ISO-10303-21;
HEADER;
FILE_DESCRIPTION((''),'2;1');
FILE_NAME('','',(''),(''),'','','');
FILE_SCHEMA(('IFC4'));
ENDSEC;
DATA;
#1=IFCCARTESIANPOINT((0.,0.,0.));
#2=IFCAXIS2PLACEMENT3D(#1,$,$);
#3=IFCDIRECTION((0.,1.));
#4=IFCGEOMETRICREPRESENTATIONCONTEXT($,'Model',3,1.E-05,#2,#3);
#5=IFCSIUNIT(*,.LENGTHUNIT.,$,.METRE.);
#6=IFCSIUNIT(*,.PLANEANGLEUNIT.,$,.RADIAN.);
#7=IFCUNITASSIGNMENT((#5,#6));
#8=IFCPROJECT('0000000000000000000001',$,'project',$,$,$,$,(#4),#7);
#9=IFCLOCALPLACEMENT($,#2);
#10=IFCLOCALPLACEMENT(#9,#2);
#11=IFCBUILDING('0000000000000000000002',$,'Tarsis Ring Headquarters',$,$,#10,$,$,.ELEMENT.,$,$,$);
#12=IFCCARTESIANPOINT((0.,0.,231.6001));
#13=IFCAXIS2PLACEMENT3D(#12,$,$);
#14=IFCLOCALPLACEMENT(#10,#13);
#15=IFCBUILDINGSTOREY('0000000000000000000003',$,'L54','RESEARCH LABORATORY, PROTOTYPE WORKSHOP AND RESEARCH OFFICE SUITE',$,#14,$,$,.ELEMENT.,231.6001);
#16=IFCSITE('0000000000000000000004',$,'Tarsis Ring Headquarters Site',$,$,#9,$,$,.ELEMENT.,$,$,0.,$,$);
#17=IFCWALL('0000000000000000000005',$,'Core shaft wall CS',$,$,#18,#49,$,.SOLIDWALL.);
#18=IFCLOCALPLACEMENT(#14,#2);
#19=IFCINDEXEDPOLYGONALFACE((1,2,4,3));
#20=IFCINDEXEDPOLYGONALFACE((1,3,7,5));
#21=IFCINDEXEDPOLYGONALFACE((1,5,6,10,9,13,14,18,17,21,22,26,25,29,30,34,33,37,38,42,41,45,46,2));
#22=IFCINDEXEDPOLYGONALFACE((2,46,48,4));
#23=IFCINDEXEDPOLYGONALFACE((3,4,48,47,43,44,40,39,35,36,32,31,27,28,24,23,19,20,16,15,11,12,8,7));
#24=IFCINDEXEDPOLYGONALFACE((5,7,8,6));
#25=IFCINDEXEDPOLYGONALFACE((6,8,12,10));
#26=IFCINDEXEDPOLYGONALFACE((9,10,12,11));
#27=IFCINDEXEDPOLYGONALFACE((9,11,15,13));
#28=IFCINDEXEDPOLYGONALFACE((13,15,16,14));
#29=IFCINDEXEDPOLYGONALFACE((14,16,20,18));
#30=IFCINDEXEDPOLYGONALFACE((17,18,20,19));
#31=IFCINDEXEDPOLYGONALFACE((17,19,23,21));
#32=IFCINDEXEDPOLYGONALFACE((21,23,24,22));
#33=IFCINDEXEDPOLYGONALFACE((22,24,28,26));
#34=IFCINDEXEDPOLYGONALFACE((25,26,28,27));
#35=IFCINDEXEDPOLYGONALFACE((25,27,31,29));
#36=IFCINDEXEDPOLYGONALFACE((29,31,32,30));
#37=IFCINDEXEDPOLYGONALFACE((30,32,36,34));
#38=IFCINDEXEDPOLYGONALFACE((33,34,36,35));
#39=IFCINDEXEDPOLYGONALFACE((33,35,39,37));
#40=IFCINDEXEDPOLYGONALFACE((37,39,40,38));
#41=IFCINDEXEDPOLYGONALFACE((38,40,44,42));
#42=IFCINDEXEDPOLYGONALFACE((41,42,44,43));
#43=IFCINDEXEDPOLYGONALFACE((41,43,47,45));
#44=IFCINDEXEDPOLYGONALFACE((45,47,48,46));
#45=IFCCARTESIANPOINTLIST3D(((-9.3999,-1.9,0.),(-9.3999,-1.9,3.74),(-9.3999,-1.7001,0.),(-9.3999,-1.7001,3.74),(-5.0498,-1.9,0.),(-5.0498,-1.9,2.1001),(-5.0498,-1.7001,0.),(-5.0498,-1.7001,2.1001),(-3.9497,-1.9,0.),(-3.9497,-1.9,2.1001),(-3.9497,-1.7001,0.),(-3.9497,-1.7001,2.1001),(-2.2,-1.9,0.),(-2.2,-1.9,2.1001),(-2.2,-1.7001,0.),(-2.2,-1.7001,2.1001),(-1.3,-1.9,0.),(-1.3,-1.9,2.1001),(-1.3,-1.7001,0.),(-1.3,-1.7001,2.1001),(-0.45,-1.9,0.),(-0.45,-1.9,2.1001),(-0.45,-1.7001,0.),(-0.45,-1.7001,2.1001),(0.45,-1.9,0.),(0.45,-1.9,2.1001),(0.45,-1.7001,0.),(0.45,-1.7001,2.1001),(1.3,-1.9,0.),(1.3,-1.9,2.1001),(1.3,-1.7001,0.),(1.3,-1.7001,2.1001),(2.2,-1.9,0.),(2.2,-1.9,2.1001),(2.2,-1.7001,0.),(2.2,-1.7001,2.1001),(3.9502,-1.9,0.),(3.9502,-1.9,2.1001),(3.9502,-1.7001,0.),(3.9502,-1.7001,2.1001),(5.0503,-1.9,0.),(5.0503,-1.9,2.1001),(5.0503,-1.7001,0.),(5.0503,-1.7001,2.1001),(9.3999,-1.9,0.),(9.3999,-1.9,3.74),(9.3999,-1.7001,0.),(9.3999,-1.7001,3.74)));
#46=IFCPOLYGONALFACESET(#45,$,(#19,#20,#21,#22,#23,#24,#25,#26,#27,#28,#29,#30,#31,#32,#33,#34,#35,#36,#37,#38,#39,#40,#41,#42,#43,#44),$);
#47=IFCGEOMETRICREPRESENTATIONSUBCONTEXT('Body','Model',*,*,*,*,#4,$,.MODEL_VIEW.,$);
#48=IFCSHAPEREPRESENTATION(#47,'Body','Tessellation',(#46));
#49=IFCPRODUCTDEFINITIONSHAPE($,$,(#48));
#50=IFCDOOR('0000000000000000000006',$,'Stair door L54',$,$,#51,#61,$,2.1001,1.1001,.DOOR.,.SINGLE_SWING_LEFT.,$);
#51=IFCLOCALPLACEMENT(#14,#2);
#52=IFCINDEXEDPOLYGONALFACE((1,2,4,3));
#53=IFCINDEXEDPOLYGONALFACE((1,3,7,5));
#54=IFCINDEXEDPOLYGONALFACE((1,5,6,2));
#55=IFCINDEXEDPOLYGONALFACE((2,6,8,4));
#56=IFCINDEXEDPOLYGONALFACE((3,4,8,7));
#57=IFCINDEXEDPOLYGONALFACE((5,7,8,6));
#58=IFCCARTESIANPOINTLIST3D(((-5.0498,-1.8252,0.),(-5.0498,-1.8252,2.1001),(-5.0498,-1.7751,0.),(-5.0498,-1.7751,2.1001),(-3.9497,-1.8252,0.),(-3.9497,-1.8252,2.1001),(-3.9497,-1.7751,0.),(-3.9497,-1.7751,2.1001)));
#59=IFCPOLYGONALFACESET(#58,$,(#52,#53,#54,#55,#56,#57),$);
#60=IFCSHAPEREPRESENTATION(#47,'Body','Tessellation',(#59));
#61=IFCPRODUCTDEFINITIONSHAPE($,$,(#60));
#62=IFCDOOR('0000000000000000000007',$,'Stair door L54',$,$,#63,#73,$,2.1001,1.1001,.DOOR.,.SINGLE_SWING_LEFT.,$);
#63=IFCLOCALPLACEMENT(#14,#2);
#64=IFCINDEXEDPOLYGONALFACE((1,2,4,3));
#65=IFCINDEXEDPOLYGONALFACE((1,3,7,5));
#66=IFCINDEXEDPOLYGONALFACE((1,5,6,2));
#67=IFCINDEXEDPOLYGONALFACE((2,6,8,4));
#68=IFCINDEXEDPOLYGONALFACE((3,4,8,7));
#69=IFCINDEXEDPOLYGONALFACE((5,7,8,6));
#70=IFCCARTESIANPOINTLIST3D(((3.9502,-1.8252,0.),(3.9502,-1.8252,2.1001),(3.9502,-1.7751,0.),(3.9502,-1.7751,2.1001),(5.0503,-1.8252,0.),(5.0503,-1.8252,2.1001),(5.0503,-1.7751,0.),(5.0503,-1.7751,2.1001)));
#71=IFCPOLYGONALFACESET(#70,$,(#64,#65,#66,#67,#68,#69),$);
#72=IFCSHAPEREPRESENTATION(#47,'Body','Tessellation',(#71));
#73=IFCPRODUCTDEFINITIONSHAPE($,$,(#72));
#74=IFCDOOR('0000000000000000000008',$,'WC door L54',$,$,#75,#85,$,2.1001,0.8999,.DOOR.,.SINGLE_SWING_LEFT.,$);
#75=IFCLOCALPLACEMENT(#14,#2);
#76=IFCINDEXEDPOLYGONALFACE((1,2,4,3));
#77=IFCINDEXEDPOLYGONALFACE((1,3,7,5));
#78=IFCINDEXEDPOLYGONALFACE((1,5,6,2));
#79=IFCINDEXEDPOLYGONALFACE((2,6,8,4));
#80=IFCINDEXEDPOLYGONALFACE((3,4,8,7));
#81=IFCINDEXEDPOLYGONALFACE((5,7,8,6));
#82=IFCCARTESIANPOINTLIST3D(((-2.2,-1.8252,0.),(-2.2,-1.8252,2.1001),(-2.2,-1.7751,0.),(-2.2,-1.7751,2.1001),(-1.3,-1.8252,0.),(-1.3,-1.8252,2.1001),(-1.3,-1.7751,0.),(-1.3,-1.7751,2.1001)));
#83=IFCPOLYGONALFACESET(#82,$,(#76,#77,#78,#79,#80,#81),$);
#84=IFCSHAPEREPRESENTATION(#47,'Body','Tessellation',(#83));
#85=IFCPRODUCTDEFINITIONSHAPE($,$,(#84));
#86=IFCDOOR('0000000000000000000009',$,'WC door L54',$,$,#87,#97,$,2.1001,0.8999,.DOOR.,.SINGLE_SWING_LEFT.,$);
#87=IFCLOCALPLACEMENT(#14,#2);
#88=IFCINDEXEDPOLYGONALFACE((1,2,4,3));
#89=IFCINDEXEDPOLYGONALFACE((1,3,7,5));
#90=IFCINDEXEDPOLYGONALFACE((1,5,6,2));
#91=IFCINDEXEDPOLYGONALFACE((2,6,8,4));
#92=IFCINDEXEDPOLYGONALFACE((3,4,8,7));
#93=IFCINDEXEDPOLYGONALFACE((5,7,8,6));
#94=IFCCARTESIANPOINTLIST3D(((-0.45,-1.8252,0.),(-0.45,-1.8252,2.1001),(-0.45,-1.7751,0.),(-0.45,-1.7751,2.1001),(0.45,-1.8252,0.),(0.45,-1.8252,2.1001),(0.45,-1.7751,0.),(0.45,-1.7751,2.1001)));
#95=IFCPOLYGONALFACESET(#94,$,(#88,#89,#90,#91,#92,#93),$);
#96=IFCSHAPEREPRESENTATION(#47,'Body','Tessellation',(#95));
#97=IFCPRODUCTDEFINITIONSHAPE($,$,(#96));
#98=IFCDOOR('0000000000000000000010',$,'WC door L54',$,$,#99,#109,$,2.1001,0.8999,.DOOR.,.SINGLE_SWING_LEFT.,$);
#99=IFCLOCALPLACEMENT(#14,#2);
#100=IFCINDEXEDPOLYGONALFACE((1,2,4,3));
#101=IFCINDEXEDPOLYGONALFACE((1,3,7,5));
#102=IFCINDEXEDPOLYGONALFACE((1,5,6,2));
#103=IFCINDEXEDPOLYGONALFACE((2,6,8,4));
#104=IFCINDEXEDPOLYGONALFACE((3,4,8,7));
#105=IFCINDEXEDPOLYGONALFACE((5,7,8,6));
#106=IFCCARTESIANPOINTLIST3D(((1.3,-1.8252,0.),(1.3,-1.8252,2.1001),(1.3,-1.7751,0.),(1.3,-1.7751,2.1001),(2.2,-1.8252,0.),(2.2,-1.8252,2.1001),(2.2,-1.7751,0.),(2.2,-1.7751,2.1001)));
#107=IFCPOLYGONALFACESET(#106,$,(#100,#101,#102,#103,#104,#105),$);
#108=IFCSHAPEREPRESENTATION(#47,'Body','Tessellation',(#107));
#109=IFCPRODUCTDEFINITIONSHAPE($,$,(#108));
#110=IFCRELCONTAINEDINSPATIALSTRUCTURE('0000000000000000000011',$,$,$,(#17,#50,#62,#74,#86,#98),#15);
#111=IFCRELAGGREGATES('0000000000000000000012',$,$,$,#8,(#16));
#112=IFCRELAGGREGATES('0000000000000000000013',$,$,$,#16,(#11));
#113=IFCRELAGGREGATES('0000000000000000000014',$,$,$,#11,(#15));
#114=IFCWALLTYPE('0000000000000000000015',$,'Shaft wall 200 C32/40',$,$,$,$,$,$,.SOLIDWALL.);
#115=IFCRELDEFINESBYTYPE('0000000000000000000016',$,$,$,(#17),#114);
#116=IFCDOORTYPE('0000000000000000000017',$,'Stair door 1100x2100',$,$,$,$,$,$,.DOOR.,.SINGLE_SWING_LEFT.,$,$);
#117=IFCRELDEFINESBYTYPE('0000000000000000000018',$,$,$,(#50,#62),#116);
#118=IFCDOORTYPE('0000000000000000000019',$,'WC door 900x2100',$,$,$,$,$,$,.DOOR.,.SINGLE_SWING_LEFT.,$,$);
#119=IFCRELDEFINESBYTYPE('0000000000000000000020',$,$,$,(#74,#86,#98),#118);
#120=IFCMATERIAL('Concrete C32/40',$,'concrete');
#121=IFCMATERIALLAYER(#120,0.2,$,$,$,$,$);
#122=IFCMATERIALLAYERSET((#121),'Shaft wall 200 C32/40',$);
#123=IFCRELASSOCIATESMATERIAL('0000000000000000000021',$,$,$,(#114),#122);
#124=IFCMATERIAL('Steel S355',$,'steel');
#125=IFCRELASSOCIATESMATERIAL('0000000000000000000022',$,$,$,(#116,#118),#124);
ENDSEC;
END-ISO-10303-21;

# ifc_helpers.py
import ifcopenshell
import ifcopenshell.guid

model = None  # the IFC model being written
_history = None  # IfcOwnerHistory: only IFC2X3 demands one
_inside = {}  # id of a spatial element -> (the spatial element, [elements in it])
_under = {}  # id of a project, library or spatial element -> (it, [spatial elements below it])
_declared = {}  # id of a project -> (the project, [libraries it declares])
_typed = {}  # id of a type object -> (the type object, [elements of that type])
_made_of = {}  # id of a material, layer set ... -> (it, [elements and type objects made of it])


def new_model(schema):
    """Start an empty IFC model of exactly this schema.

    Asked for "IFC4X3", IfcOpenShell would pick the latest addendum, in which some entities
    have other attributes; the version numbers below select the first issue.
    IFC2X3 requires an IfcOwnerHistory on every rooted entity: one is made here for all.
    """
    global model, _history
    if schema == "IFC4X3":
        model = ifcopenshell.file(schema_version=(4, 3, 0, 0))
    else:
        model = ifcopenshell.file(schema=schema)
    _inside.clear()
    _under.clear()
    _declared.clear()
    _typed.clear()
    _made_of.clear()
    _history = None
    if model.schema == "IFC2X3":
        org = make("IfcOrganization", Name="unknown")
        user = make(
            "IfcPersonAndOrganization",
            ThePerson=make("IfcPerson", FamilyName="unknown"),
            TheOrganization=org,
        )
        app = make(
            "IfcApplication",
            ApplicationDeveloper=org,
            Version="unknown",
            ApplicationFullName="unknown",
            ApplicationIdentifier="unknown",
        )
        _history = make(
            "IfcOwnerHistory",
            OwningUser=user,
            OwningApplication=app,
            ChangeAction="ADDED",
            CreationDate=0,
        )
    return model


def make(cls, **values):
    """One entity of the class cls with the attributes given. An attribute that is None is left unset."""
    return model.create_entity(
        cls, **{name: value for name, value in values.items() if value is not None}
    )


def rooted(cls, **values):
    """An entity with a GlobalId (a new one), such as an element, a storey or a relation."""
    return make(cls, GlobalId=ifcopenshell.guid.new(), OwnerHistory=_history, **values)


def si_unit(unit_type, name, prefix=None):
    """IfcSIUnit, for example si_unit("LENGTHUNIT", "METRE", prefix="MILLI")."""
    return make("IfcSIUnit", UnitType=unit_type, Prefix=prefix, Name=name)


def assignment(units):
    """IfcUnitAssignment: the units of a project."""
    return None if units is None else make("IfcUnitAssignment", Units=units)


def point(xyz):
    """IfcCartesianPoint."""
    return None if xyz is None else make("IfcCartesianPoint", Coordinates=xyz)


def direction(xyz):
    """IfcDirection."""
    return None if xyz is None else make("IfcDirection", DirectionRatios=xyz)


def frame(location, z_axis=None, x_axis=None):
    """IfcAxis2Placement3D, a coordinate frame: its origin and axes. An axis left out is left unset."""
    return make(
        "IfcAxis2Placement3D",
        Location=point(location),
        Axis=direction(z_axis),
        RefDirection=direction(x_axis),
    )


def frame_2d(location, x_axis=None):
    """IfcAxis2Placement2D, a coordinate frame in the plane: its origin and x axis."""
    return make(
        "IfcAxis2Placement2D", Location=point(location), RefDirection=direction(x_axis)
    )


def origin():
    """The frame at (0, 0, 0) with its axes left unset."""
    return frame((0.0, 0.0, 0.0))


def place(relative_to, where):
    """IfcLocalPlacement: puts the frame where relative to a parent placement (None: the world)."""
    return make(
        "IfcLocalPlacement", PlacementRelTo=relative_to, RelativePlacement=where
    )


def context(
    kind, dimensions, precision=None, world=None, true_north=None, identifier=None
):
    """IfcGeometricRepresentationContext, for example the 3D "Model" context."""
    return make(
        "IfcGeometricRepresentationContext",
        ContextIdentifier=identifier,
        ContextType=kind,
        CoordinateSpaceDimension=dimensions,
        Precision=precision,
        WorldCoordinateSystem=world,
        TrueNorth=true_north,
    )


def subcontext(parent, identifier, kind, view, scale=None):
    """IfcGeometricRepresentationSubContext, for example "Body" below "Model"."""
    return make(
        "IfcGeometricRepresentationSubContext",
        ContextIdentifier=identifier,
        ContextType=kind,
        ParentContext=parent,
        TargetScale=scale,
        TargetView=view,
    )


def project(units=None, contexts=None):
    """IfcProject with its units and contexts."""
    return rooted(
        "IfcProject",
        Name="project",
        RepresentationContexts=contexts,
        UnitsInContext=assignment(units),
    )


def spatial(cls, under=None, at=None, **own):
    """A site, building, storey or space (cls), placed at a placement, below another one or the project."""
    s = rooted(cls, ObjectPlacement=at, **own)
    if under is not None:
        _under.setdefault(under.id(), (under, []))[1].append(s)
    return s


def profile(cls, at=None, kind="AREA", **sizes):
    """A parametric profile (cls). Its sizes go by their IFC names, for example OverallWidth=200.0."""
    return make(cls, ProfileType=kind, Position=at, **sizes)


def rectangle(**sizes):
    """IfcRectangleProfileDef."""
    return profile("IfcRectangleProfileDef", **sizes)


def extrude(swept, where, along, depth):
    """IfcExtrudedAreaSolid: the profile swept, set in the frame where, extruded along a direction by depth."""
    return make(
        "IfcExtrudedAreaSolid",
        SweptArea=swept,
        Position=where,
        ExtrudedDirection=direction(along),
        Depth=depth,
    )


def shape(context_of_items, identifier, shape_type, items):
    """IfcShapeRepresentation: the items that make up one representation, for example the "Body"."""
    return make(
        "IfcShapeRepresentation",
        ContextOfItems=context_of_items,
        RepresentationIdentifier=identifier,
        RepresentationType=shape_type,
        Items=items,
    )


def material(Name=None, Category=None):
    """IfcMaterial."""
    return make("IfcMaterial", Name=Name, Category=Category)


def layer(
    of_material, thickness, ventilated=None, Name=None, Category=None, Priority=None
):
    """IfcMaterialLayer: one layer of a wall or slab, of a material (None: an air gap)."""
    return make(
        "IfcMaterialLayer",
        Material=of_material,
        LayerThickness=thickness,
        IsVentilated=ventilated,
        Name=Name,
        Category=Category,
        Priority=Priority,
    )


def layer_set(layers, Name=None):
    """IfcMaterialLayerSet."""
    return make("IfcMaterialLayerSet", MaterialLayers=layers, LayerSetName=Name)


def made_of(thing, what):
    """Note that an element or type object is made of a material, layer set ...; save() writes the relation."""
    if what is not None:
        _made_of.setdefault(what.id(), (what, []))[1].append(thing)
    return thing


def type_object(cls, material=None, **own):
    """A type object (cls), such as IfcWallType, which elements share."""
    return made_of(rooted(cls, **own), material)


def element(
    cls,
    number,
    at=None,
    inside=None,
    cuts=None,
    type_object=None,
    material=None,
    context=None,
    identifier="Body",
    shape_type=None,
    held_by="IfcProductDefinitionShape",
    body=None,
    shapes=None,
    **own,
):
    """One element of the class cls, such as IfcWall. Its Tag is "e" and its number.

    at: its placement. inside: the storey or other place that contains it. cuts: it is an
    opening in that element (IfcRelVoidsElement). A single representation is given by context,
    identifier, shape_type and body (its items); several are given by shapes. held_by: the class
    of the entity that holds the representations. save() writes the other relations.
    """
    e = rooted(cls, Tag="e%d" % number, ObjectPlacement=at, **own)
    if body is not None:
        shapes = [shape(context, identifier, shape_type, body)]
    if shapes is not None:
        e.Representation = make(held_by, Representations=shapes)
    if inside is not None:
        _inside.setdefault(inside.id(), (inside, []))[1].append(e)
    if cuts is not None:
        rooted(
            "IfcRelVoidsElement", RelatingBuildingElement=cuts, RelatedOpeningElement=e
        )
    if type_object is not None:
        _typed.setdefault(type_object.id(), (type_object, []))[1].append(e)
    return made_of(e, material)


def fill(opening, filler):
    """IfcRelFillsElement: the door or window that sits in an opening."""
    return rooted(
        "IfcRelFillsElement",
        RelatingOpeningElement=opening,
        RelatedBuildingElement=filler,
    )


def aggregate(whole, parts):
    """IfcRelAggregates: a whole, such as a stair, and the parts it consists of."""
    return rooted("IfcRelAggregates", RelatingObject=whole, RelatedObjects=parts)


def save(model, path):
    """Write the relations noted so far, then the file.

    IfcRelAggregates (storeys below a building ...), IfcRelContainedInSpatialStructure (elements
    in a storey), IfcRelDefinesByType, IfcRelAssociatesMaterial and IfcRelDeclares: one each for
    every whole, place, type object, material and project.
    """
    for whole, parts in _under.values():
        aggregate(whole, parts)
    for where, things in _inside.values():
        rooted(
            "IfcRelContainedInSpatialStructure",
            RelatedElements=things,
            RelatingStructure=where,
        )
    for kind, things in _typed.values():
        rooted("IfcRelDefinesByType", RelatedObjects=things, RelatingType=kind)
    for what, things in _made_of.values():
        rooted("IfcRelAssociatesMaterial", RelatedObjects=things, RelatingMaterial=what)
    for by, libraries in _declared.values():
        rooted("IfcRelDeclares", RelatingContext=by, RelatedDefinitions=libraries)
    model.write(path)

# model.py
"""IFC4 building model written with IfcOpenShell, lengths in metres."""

from ifc_helpers import new_model, si_unit, direction, frame, frame_2d, origin, place, context, subcontext, project, spatial, rectangle, extrude, material, layer, layer_set, type_object, element, fill, save


model = new_model("IFC4")

# Units and contexts
model_context = context("Model", 3, precision=1e-05, world=origin(), true_north=direction((0.0, 1.0)))
body_context = subcontext(model_context, "Body", "Model", "MODEL_VIEW")
ifc_project = project(units=[si_unit("LENGTHUNIT", "METRE"), si_unit("PLANEANGLEUNIT", "RADIAN")], contexts=[model_context])

# Site, building, storey
site_placement = place(None, origin())
site = spatial("IfcSite", under=ifc_project, at=site_placement, Name="Tarsis Ring Headquarters Site", CompositionType="ELEMENT", RefElevation=0.0)
building_placement = place(site_placement, origin())
building = spatial("IfcBuilding", under=site, at=building_placement, Name="Tarsis Ring Headquarters", CompositionType="ELEMENT")
storey_placement = place(building_placement, frame((0.0, 0.0, 231.6001)))
storey = spatial("IfcBuildingStorey", under=building, at=storey_placement, Name="L54", Description="RESEARCH LABORATORY, PROTOTYPE WORKSHOP AND RESEARCH OFFICE SUITE", CompositionType="ELEMENT", Elevation=231.6001)

# Shared definitions
ifc_material_1 = material(Name="Steel S355", Category="steel")

# Wall, openings, doors
ifc_material_2 = material(Name="Concrete C32/40", Category="concrete")
ifc_layer_1 = layer(ifc_material_2, 0.2)
ifc_layer_set_1 = layer_set([ifc_layer_1], Name="Shaft wall 200 C32/40")
wall_type_1 = type_object("IfcWallType", Name="Shaft wall 200 C32/40", PredefinedType="SOLIDWALL", material=ifc_layer_set_1)
door_type_1 = type_object("IfcDoorType", Name="Stair door 1100x2100", OperationType="SINGLE_SWING_LEFT", PredefinedType="DOOR", material=ifc_material_1)
wall_1_placement = place(storey_placement, frame((-9.3999, -1.8, 0.0), z_axis=(0.0, 0.0, 1.0), x_axis=(1.0, 0.0, 0.0)))
wall_1 = element("IfcWall", 1, at=wall_1_placement, inside=storey, type_object=wall_type_1, Name="Core shaft wall CS", PredefinedType="SOLIDWALL", context=body_context, shape_type="SweptSolid", body=[
    extrude(rectangle(XDim=18.7998, YDim=0.2, at=frame_2d((9.3999, 0.0))), origin(), (0.0, 0.0, 1.0), 3.74),
])
opening_1_placement = place(wall_1_placement, frame((4.3501, 0.0, 0.0)))
opening_1 = element("IfcOpeningElement", 2, at=opening_1_placement, cuts=wall_1, PredefinedType="OPENING", context=body_context, shape_type="SweptSolid", body=[
    extrude(rectangle(XDim=1.1001, YDim=2.1001, at=frame_2d((0.55, 1.05))), frame((0.0, 0.1099, 0.0), z_axis=(0.0, -1.0, 0.0), x_axis=(1.0, 0.0, 0.0)), (0.0, 0.0, 1.0), 0.22),
])
opening_2_placement = place(wall_1_placement, frame((7.2, 0.0, 0.0)))
opening_2 = element("IfcOpeningElement", 3, at=opening_2_placement, cuts=wall_1, PredefinedType="OPENING", context=body_context, shape_type="SweptSolid", body=[
    extrude(rectangle(XDim=0.8999, YDim=2.1001, at=frame_2d((0.45, 1.05))), frame((0.0, 0.1099, 0.0), z_axis=(0.0, -1.0, 0.0), x_axis=(1.0, 0.0, 0.0)), (0.0, 0.0, 1.0), 0.22),
])
opening_3_placement = place(wall_1_placement, frame((8.95, 0.0, 0.0)))
opening_3 = element("IfcOpeningElement", 4, at=opening_3_placement, cuts=wall_1, PredefinedType="OPENING", context=body_context, shape_type="SweptSolid", body=[
    extrude(rectangle(XDim=0.8999, YDim=2.1001, at=frame_2d((0.45, 1.05))), frame((0.0, 0.1099, 0.0), z_axis=(0.0, -1.0, 0.0), x_axis=(1.0, 0.0, 0.0)), (0.0, 0.0, 1.0), 0.22),
])
opening_4_placement = place(wall_1_placement, frame((10.7, 0.0, 0.0)))
opening_4 = element("IfcOpeningElement", 5, at=opening_4_placement, cuts=wall_1, PredefinedType="OPENING", context=body_context, shape_type="SweptSolid", body=[
    extrude(rectangle(XDim=0.8999, YDim=2.1001, at=frame_2d((0.45, 1.05))), frame((0.0, 0.1099, 0.0), z_axis=(0.0, -1.0, 0.0), x_axis=(1.0, 0.0, 0.0)), (0.0, 0.0, 1.0), 0.22),
])
opening_5_placement = place(wall_1_placement, frame((13.3501, 0.0, 0.0)))
opening_5 = element("IfcOpeningElement", 6, at=opening_5_placement, cuts=wall_1, PredefinedType="OPENING", context=body_context, shape_type="SweptSolid", body=[
    extrude(rectangle(XDim=1.1001, YDim=2.1001, at=frame_2d((0.55, 1.05))), frame((0.0, 0.1099, 0.0), z_axis=(0.0, -1.0, 0.0), x_axis=(1.0, 0.0, 0.0)), (0.0, 0.0, 1.0), 0.22),
])
door_1_placement = place(opening_1_placement, origin())
door_1 = element("IfcDoor", 7, at=door_1_placement, inside=storey, type_object=door_type_1, Name="Stair door L54", OperationType="SINGLE_SWING_LEFT", OverallHeight=2.1001, OverallWidth=1.1001, PredefinedType="DOOR", context=body_context, shape_type="SweptSolid", body=[
    extrude(rectangle(XDim=1.1001, YDim=2.1001, at=frame_2d((0.55, 1.05))), frame((0.0, 0.0249, 0.0), z_axis=(0.0, -1.0, 0.0), x_axis=(1.0, 0.0, 0.0)), (0.0, 0.0, 1.0), 0.05),
])
fill(opening_1, door_1)
door_2_placement = place(opening_5_placement, origin())
door_2 = element("IfcDoor", 8, at=door_2_placement, inside=storey, type_object=door_type_1, Name="Stair door L54", OperationType="SINGLE_SWING_LEFT", OverallHeight=2.1001, OverallWidth=1.1001, PredefinedType="DOOR", context=body_context, shape_type="SweptSolid", body=[
    extrude(rectangle(XDim=1.1001, YDim=2.1001, at=frame_2d((0.55, 1.05))), frame((0.0, 0.0249, 0.0), z_axis=(0.0, -1.0, 0.0), x_axis=(1.0, 0.0, 0.0)), (0.0, 0.0, 1.0), 0.05),
])
fill(opening_5, door_2)
door_type_2 = type_object("IfcDoorType", Name="WC door 900x2100", OperationType="SINGLE_SWING_LEFT", PredefinedType="DOOR", material=ifc_material_1)
door_3_placement = place(opening_2_placement, origin())
door_3 = element("IfcDoor", 9, at=door_3_placement, inside=storey, type_object=door_type_2, Name="WC door L54", OperationType="SINGLE_SWING_LEFT", OverallHeight=2.1001, OverallWidth=0.8999, PredefinedType="DOOR", context=body_context, shape_type="SweptSolid", body=[
    extrude(rectangle(XDim=0.8999, YDim=2.1001, at=frame_2d((0.45, 1.05))), frame((0.0, 0.0249, 0.0), z_axis=(0.0, -1.0, 0.0), x_axis=(1.0, 0.0, 0.0)), (0.0, 0.0, 1.0), 0.05),
])
fill(opening_2, door_3)
door_4_placement = place(opening_3_placement, origin())
door_4 = element("IfcDoor", 10, at=door_4_placement, inside=storey, type_object=door_type_2, Name="WC door L54", OperationType="SINGLE_SWING_LEFT", OverallHeight=2.1001, OverallWidth=0.8999, PredefinedType="DOOR", context=body_context, shape_type="SweptSolid", body=[
    extrude(rectangle(XDim=0.8999, YDim=2.1001, at=frame_2d((0.45, 1.05))), frame((0.0, 0.0249, 0.0), z_axis=(0.0, -1.0, 0.0), x_axis=(1.0, 0.0, 0.0)), (0.0, 0.0, 1.0), 0.05),
])
fill(opening_3, door_4)
door_5_placement = place(opening_4_placement, origin())
door_5 = element("IfcDoor", 11, at=door_5_placement, inside=storey, type_object=door_type_2, Name="WC door L54", OperationType="SINGLE_SWING_LEFT", OverallHeight=2.1001, OverallWidth=0.8999, PredefinedType="DOOR", context=body_context, shape_type="SweptSolid", body=[
    extrude(rectangle(XDim=0.8999, YDim=2.1001, at=frame_2d((0.45, 1.05))), frame((0.0, 0.0249, 0.0), z_axis=(0.0, -1.0, 0.0), x_axis=(1.0, 0.0, 0.0)), (0.0, 0.0, 1.0), 0.05),
])
fill(opening_4, door_5)

save(model, "model.ifc")
